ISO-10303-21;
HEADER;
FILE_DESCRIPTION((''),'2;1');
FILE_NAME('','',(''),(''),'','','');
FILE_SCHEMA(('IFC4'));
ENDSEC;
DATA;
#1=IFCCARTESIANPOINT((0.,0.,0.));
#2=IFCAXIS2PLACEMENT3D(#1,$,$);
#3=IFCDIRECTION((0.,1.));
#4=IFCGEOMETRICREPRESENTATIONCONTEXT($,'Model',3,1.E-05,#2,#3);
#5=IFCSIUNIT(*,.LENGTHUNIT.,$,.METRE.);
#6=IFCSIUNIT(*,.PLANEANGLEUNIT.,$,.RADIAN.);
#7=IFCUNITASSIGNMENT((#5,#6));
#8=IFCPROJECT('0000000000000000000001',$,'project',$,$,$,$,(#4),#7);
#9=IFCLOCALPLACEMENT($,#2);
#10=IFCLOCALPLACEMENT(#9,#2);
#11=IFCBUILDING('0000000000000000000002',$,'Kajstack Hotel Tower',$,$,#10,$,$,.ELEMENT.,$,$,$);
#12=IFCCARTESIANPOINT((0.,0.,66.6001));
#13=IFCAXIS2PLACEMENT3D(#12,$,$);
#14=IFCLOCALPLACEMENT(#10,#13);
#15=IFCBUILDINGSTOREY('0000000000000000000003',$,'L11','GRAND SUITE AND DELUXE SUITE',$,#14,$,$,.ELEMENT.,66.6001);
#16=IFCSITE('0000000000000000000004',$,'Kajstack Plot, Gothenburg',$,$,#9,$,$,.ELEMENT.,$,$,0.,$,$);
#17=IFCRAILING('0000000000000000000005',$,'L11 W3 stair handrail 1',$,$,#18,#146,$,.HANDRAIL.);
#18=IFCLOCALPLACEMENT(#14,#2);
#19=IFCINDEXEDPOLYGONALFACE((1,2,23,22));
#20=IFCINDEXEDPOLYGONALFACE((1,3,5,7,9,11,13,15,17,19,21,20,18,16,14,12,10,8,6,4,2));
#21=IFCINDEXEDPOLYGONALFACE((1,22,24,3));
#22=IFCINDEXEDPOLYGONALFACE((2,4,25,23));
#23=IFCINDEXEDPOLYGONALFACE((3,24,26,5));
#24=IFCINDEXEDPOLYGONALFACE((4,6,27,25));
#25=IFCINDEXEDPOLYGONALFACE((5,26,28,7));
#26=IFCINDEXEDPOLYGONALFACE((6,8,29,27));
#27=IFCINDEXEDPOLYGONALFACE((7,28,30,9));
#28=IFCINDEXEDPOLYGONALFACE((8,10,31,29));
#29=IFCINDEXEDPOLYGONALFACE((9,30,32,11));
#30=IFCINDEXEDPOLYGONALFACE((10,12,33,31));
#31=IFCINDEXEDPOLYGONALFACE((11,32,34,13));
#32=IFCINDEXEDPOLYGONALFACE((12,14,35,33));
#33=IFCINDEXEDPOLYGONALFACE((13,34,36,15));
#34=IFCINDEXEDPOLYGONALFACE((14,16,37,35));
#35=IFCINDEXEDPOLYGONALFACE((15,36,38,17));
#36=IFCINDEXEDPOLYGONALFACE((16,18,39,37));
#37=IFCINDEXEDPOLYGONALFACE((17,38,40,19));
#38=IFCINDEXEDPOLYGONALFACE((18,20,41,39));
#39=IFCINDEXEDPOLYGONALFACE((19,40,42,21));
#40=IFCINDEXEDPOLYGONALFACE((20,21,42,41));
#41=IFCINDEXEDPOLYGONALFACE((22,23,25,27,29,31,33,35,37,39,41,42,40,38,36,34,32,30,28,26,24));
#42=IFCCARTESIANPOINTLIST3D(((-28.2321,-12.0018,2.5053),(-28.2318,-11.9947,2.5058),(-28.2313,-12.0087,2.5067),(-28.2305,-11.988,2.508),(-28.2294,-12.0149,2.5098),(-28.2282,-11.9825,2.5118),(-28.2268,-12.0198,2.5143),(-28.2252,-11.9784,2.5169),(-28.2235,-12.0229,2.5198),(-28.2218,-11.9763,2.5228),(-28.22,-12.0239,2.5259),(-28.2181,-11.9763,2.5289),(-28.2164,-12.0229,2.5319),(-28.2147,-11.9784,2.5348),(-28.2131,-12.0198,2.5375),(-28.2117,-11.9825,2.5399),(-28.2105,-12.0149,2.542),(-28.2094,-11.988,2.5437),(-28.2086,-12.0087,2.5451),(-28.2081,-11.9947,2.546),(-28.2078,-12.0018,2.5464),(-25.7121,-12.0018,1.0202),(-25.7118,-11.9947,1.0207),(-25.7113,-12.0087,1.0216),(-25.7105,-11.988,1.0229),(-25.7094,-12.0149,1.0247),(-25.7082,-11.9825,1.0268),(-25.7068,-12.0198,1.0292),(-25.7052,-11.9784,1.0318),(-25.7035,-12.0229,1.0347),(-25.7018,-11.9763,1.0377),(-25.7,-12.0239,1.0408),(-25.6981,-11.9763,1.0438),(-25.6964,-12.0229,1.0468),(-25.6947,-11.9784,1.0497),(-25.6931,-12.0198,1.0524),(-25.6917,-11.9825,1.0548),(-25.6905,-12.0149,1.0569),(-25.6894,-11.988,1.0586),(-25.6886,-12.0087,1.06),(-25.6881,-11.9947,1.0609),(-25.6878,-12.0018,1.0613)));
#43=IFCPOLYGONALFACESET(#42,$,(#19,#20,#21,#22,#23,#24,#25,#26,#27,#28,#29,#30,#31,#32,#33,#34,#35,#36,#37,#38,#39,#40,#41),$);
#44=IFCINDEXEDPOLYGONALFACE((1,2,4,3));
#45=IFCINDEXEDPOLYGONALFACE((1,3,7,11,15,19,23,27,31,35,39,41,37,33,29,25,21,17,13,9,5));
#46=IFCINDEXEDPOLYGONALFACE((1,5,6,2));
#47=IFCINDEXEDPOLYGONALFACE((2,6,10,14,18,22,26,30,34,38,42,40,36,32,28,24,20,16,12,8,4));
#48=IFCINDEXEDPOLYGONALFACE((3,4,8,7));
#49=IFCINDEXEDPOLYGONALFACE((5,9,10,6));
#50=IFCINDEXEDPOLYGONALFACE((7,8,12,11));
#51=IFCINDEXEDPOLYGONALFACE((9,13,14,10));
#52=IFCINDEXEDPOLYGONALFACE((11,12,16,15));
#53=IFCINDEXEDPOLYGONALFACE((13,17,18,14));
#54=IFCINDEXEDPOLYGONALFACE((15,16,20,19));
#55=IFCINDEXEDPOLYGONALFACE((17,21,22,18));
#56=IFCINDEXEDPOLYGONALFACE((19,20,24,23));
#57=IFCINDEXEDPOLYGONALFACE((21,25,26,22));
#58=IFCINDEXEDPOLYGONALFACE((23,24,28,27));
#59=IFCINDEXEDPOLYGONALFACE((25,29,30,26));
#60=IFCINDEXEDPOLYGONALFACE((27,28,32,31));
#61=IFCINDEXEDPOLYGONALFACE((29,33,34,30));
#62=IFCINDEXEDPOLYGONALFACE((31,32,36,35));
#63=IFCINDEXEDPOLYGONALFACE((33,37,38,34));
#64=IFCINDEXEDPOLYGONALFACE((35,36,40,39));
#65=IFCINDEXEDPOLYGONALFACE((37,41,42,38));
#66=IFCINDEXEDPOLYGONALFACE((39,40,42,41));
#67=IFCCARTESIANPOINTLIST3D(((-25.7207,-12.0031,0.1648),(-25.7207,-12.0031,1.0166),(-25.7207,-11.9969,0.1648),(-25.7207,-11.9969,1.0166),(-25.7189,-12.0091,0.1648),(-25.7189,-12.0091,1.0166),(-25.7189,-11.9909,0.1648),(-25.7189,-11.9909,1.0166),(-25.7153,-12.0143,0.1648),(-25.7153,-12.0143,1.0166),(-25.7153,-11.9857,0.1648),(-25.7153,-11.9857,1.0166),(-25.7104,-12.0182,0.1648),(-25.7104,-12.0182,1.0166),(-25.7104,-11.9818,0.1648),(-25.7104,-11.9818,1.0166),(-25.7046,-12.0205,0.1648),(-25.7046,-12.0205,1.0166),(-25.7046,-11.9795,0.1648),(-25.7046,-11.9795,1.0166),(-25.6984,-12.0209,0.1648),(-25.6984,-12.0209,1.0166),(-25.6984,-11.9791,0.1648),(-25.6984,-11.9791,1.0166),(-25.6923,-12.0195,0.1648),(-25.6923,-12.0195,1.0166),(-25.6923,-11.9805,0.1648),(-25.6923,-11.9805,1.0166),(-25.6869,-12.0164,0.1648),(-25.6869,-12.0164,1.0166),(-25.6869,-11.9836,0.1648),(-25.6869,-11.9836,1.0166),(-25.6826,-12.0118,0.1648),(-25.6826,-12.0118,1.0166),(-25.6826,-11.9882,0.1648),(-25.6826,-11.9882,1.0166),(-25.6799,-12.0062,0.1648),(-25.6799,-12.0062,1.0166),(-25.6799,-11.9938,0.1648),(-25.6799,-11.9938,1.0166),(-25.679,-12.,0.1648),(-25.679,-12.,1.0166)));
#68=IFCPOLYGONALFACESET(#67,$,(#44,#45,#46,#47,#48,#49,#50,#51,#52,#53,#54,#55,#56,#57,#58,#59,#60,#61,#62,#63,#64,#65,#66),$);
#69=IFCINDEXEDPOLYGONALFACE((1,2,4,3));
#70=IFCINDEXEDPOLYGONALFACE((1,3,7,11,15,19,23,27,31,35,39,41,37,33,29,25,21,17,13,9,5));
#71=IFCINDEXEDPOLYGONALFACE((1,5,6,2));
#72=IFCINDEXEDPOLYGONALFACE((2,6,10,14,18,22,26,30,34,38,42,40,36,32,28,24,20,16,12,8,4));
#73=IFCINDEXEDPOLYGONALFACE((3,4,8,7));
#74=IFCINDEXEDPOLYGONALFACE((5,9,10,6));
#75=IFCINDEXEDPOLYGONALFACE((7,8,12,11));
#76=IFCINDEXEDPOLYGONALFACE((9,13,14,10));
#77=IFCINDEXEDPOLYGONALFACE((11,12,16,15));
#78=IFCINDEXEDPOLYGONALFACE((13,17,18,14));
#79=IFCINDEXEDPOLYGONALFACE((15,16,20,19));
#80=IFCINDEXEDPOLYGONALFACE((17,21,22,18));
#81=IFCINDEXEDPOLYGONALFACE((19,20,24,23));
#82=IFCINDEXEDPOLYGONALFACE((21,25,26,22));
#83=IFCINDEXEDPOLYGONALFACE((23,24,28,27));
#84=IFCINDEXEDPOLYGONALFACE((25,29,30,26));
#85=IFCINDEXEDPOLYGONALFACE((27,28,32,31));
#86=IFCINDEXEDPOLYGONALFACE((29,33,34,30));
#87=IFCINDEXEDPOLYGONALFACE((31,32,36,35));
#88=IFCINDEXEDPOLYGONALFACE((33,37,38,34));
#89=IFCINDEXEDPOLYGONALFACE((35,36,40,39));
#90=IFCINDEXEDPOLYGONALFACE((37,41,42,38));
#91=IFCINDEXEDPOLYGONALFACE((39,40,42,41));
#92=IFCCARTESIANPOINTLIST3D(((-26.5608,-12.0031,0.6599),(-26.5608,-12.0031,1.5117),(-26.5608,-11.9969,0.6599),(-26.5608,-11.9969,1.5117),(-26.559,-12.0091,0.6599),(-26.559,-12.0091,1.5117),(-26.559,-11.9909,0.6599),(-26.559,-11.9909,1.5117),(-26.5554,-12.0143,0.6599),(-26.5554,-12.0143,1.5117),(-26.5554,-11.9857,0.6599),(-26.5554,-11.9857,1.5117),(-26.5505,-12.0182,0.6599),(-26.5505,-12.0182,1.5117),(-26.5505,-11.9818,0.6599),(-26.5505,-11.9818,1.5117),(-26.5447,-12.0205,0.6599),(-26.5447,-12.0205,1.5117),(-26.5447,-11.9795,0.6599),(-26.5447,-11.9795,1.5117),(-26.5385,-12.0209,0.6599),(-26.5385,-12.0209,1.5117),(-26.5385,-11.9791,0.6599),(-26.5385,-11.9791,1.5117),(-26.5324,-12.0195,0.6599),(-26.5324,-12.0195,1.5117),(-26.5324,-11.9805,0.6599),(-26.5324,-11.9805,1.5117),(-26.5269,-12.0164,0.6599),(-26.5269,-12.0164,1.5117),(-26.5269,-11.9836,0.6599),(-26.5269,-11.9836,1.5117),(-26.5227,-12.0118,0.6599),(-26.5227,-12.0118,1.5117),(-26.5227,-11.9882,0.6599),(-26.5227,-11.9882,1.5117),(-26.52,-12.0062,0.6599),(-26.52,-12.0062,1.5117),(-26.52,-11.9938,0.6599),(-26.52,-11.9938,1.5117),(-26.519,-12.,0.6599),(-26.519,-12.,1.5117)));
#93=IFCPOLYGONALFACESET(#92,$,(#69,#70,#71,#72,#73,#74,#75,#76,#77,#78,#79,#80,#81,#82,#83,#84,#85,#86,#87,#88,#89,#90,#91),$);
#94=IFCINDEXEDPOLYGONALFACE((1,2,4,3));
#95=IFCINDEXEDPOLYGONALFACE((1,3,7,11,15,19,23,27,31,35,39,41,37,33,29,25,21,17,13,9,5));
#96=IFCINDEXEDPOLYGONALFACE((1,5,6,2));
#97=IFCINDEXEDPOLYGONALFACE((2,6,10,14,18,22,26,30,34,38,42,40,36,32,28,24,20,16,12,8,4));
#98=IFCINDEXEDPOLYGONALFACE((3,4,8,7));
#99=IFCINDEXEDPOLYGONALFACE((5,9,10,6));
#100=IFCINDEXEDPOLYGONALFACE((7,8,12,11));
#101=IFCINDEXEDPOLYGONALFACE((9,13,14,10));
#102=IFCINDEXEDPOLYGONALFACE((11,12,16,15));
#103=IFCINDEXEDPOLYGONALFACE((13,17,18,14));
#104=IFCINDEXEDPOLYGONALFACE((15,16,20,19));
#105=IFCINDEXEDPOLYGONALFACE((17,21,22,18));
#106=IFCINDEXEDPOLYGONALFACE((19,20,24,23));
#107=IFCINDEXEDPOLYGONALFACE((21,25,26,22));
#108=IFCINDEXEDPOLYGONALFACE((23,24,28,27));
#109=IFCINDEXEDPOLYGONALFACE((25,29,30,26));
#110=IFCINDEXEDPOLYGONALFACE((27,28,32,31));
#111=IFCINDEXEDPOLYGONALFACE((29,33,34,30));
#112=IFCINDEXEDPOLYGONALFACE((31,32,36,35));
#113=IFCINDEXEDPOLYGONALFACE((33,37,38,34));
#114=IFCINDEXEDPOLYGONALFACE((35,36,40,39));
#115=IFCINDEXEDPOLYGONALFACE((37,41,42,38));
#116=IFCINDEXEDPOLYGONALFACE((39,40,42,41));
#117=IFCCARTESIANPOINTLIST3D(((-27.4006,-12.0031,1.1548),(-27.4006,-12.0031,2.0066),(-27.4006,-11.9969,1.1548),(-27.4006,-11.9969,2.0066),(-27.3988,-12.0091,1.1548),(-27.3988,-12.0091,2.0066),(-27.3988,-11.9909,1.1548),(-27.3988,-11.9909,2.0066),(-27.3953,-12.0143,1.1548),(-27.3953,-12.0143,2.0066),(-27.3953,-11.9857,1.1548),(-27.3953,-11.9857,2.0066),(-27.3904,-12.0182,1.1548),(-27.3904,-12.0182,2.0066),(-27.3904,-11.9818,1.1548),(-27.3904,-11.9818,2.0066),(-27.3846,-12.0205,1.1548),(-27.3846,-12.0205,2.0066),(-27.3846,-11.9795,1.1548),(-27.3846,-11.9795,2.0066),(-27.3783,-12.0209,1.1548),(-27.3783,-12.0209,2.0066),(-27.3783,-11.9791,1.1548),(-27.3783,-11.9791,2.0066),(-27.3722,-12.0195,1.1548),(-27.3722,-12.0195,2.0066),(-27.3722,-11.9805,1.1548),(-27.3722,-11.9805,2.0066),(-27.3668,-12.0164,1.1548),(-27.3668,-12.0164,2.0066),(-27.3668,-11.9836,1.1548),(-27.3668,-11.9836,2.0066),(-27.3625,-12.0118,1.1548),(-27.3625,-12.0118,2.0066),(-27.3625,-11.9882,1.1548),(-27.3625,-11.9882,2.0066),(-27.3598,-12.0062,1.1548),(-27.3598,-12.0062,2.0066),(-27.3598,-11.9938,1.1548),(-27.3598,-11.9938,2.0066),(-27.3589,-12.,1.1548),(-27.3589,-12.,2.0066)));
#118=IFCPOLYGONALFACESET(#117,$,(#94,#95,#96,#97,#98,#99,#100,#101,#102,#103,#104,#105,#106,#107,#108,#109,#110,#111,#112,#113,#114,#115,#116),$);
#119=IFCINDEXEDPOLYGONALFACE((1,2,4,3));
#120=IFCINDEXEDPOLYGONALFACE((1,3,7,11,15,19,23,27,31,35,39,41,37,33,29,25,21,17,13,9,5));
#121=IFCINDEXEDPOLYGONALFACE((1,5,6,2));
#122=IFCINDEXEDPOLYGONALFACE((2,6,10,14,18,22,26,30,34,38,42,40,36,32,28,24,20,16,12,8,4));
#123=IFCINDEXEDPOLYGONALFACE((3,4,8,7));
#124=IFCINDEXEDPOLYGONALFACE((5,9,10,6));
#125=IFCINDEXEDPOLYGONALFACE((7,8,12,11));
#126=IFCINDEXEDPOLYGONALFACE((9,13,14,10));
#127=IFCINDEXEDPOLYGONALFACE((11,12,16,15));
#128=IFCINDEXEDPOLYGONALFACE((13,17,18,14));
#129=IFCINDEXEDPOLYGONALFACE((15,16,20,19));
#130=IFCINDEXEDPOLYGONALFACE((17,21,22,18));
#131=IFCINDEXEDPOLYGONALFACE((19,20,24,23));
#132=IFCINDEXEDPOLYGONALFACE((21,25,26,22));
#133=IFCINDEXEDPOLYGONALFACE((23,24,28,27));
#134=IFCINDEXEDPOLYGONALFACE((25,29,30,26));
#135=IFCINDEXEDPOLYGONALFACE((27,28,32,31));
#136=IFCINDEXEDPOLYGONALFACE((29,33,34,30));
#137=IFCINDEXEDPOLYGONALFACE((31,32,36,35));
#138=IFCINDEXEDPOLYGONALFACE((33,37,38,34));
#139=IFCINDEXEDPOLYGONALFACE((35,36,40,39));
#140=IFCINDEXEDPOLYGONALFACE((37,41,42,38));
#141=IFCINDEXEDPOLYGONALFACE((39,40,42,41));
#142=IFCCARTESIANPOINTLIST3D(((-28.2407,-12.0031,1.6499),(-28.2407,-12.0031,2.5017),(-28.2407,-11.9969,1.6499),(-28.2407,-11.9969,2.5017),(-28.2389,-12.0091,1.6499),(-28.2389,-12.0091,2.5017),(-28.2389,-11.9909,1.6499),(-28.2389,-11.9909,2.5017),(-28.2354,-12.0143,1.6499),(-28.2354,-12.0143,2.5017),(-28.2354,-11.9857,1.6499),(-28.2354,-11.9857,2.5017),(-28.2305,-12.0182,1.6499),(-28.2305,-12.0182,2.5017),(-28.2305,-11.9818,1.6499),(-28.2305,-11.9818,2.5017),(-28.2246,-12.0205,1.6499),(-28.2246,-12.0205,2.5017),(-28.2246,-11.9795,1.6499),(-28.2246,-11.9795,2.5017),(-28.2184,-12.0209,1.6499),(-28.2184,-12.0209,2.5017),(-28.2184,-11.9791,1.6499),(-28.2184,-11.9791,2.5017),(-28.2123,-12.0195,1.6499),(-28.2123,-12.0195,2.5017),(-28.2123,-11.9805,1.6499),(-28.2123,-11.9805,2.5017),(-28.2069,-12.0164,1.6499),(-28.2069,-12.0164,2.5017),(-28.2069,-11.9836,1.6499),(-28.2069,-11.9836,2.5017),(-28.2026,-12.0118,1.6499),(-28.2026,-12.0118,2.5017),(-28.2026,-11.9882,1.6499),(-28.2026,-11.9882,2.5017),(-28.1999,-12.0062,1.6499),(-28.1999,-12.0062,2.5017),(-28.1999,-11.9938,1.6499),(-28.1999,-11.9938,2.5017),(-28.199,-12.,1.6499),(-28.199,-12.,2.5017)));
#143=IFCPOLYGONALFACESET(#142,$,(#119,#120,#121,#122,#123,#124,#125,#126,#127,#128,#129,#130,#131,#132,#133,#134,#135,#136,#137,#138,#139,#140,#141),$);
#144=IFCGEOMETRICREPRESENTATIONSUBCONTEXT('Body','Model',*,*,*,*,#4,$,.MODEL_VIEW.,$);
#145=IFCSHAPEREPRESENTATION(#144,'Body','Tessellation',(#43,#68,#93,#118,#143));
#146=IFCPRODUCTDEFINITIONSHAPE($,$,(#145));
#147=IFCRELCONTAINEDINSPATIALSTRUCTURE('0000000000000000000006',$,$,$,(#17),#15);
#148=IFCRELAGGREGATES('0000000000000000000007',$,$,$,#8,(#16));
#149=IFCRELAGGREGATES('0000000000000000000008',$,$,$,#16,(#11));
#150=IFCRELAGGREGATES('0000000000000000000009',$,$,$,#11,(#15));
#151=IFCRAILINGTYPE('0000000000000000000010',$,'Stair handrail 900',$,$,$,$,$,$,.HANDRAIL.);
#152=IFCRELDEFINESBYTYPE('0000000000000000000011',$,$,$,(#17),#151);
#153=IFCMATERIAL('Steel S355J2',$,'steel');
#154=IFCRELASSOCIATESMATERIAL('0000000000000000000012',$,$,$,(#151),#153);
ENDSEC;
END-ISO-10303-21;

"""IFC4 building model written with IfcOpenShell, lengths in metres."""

from ifc_helpers import new_model, si_unit, direction, frame, origin, origin_2d, place, context, subcontext, project, spatial, circle, extrude, material, type_object, element, save


model = new_model("IFC4")

# Units and contexts
model_context = context("Model", 3, precision=1e-05, world=origin(), true_north=direction((0.0, 1.0)))
body_context = subcontext(model_context, "Body", "Model", "MODEL_VIEW")
ifc_project = project(units=[si_unit("LENGTHUNIT", "METRE"), si_unit("PLANEANGLEUNIT", "RADIAN")], contexts=[model_context])

# Site, building, storey
site_placement = place(None, origin())
site = spatial("IfcSite", under=ifc_project, at=site_placement, Name="Kajstack Plot, Gothenburg", CompositionType="ELEMENT", RefElevation=0.0)
building_placement = place(site_placement, origin())
building = spatial("IfcBuilding", under=site, at=building_placement, Name="Kajstack Hotel Tower", CompositionType="ELEMENT")
storey_placement = place(building_placement, frame((0.0, 0.0, 66.6001)))
storey = spatial("IfcBuildingStorey", under=building, at=storey_placement, Name="L11", Description="GRAND SUITE AND DELUXE SUITE", CompositionType="ELEMENT", Elevation=66.6001)

# Railing
ifc_material_1 = material(Name="Steel S355J2", Category="steel")
railing_type = type_object("IfcRailingType", Name="Stair handrail 900", PredefinedType="HANDRAIL", material=ifc_material_1)
railing_1_placement = place(storey_placement, frame((-25.7, -12.0, 0.1648)))
element("IfcRailing", 1, at=railing_1_placement, inside=storey, type_object=railing_type, Name="L11 W3 stair handrail 1", PredefinedType="HANDRAIL", context=body_context, shape_type="SweptSolid", body=[
    extrude(circle(Radius=0.0239, at=origin_2d()), frame((0.0, 0.0, 0.876), z_axis=(-0.861524, 0.0, 0.507717), x_axis=(0.0, -1.0, 0.0)), (0.0, 0.0, 1.0), 2.925),
    extrude(circle(Radius=0.021, at=origin_2d()), origin(), (0.0, 0.0, 1.0), 0.8518),
    extrude(circle(Radius=0.021, at=origin_2d()), frame((-0.8401, 0.0, 0.4951)), (0.0, 0.0, 1.0), 0.8518),
    extrude(circle(Radius=0.021, at=origin_2d()), frame((-1.6799, 0.0, 0.99)), (0.0, 0.0, 1.0), 0.8518),
    extrude(circle(Radius=0.021, at=origin_2d()), frame((-2.52, 0.0, 1.4851)), (0.0, 0.0, 1.0), 0.8518),
])

save(model, "model.ifc")
